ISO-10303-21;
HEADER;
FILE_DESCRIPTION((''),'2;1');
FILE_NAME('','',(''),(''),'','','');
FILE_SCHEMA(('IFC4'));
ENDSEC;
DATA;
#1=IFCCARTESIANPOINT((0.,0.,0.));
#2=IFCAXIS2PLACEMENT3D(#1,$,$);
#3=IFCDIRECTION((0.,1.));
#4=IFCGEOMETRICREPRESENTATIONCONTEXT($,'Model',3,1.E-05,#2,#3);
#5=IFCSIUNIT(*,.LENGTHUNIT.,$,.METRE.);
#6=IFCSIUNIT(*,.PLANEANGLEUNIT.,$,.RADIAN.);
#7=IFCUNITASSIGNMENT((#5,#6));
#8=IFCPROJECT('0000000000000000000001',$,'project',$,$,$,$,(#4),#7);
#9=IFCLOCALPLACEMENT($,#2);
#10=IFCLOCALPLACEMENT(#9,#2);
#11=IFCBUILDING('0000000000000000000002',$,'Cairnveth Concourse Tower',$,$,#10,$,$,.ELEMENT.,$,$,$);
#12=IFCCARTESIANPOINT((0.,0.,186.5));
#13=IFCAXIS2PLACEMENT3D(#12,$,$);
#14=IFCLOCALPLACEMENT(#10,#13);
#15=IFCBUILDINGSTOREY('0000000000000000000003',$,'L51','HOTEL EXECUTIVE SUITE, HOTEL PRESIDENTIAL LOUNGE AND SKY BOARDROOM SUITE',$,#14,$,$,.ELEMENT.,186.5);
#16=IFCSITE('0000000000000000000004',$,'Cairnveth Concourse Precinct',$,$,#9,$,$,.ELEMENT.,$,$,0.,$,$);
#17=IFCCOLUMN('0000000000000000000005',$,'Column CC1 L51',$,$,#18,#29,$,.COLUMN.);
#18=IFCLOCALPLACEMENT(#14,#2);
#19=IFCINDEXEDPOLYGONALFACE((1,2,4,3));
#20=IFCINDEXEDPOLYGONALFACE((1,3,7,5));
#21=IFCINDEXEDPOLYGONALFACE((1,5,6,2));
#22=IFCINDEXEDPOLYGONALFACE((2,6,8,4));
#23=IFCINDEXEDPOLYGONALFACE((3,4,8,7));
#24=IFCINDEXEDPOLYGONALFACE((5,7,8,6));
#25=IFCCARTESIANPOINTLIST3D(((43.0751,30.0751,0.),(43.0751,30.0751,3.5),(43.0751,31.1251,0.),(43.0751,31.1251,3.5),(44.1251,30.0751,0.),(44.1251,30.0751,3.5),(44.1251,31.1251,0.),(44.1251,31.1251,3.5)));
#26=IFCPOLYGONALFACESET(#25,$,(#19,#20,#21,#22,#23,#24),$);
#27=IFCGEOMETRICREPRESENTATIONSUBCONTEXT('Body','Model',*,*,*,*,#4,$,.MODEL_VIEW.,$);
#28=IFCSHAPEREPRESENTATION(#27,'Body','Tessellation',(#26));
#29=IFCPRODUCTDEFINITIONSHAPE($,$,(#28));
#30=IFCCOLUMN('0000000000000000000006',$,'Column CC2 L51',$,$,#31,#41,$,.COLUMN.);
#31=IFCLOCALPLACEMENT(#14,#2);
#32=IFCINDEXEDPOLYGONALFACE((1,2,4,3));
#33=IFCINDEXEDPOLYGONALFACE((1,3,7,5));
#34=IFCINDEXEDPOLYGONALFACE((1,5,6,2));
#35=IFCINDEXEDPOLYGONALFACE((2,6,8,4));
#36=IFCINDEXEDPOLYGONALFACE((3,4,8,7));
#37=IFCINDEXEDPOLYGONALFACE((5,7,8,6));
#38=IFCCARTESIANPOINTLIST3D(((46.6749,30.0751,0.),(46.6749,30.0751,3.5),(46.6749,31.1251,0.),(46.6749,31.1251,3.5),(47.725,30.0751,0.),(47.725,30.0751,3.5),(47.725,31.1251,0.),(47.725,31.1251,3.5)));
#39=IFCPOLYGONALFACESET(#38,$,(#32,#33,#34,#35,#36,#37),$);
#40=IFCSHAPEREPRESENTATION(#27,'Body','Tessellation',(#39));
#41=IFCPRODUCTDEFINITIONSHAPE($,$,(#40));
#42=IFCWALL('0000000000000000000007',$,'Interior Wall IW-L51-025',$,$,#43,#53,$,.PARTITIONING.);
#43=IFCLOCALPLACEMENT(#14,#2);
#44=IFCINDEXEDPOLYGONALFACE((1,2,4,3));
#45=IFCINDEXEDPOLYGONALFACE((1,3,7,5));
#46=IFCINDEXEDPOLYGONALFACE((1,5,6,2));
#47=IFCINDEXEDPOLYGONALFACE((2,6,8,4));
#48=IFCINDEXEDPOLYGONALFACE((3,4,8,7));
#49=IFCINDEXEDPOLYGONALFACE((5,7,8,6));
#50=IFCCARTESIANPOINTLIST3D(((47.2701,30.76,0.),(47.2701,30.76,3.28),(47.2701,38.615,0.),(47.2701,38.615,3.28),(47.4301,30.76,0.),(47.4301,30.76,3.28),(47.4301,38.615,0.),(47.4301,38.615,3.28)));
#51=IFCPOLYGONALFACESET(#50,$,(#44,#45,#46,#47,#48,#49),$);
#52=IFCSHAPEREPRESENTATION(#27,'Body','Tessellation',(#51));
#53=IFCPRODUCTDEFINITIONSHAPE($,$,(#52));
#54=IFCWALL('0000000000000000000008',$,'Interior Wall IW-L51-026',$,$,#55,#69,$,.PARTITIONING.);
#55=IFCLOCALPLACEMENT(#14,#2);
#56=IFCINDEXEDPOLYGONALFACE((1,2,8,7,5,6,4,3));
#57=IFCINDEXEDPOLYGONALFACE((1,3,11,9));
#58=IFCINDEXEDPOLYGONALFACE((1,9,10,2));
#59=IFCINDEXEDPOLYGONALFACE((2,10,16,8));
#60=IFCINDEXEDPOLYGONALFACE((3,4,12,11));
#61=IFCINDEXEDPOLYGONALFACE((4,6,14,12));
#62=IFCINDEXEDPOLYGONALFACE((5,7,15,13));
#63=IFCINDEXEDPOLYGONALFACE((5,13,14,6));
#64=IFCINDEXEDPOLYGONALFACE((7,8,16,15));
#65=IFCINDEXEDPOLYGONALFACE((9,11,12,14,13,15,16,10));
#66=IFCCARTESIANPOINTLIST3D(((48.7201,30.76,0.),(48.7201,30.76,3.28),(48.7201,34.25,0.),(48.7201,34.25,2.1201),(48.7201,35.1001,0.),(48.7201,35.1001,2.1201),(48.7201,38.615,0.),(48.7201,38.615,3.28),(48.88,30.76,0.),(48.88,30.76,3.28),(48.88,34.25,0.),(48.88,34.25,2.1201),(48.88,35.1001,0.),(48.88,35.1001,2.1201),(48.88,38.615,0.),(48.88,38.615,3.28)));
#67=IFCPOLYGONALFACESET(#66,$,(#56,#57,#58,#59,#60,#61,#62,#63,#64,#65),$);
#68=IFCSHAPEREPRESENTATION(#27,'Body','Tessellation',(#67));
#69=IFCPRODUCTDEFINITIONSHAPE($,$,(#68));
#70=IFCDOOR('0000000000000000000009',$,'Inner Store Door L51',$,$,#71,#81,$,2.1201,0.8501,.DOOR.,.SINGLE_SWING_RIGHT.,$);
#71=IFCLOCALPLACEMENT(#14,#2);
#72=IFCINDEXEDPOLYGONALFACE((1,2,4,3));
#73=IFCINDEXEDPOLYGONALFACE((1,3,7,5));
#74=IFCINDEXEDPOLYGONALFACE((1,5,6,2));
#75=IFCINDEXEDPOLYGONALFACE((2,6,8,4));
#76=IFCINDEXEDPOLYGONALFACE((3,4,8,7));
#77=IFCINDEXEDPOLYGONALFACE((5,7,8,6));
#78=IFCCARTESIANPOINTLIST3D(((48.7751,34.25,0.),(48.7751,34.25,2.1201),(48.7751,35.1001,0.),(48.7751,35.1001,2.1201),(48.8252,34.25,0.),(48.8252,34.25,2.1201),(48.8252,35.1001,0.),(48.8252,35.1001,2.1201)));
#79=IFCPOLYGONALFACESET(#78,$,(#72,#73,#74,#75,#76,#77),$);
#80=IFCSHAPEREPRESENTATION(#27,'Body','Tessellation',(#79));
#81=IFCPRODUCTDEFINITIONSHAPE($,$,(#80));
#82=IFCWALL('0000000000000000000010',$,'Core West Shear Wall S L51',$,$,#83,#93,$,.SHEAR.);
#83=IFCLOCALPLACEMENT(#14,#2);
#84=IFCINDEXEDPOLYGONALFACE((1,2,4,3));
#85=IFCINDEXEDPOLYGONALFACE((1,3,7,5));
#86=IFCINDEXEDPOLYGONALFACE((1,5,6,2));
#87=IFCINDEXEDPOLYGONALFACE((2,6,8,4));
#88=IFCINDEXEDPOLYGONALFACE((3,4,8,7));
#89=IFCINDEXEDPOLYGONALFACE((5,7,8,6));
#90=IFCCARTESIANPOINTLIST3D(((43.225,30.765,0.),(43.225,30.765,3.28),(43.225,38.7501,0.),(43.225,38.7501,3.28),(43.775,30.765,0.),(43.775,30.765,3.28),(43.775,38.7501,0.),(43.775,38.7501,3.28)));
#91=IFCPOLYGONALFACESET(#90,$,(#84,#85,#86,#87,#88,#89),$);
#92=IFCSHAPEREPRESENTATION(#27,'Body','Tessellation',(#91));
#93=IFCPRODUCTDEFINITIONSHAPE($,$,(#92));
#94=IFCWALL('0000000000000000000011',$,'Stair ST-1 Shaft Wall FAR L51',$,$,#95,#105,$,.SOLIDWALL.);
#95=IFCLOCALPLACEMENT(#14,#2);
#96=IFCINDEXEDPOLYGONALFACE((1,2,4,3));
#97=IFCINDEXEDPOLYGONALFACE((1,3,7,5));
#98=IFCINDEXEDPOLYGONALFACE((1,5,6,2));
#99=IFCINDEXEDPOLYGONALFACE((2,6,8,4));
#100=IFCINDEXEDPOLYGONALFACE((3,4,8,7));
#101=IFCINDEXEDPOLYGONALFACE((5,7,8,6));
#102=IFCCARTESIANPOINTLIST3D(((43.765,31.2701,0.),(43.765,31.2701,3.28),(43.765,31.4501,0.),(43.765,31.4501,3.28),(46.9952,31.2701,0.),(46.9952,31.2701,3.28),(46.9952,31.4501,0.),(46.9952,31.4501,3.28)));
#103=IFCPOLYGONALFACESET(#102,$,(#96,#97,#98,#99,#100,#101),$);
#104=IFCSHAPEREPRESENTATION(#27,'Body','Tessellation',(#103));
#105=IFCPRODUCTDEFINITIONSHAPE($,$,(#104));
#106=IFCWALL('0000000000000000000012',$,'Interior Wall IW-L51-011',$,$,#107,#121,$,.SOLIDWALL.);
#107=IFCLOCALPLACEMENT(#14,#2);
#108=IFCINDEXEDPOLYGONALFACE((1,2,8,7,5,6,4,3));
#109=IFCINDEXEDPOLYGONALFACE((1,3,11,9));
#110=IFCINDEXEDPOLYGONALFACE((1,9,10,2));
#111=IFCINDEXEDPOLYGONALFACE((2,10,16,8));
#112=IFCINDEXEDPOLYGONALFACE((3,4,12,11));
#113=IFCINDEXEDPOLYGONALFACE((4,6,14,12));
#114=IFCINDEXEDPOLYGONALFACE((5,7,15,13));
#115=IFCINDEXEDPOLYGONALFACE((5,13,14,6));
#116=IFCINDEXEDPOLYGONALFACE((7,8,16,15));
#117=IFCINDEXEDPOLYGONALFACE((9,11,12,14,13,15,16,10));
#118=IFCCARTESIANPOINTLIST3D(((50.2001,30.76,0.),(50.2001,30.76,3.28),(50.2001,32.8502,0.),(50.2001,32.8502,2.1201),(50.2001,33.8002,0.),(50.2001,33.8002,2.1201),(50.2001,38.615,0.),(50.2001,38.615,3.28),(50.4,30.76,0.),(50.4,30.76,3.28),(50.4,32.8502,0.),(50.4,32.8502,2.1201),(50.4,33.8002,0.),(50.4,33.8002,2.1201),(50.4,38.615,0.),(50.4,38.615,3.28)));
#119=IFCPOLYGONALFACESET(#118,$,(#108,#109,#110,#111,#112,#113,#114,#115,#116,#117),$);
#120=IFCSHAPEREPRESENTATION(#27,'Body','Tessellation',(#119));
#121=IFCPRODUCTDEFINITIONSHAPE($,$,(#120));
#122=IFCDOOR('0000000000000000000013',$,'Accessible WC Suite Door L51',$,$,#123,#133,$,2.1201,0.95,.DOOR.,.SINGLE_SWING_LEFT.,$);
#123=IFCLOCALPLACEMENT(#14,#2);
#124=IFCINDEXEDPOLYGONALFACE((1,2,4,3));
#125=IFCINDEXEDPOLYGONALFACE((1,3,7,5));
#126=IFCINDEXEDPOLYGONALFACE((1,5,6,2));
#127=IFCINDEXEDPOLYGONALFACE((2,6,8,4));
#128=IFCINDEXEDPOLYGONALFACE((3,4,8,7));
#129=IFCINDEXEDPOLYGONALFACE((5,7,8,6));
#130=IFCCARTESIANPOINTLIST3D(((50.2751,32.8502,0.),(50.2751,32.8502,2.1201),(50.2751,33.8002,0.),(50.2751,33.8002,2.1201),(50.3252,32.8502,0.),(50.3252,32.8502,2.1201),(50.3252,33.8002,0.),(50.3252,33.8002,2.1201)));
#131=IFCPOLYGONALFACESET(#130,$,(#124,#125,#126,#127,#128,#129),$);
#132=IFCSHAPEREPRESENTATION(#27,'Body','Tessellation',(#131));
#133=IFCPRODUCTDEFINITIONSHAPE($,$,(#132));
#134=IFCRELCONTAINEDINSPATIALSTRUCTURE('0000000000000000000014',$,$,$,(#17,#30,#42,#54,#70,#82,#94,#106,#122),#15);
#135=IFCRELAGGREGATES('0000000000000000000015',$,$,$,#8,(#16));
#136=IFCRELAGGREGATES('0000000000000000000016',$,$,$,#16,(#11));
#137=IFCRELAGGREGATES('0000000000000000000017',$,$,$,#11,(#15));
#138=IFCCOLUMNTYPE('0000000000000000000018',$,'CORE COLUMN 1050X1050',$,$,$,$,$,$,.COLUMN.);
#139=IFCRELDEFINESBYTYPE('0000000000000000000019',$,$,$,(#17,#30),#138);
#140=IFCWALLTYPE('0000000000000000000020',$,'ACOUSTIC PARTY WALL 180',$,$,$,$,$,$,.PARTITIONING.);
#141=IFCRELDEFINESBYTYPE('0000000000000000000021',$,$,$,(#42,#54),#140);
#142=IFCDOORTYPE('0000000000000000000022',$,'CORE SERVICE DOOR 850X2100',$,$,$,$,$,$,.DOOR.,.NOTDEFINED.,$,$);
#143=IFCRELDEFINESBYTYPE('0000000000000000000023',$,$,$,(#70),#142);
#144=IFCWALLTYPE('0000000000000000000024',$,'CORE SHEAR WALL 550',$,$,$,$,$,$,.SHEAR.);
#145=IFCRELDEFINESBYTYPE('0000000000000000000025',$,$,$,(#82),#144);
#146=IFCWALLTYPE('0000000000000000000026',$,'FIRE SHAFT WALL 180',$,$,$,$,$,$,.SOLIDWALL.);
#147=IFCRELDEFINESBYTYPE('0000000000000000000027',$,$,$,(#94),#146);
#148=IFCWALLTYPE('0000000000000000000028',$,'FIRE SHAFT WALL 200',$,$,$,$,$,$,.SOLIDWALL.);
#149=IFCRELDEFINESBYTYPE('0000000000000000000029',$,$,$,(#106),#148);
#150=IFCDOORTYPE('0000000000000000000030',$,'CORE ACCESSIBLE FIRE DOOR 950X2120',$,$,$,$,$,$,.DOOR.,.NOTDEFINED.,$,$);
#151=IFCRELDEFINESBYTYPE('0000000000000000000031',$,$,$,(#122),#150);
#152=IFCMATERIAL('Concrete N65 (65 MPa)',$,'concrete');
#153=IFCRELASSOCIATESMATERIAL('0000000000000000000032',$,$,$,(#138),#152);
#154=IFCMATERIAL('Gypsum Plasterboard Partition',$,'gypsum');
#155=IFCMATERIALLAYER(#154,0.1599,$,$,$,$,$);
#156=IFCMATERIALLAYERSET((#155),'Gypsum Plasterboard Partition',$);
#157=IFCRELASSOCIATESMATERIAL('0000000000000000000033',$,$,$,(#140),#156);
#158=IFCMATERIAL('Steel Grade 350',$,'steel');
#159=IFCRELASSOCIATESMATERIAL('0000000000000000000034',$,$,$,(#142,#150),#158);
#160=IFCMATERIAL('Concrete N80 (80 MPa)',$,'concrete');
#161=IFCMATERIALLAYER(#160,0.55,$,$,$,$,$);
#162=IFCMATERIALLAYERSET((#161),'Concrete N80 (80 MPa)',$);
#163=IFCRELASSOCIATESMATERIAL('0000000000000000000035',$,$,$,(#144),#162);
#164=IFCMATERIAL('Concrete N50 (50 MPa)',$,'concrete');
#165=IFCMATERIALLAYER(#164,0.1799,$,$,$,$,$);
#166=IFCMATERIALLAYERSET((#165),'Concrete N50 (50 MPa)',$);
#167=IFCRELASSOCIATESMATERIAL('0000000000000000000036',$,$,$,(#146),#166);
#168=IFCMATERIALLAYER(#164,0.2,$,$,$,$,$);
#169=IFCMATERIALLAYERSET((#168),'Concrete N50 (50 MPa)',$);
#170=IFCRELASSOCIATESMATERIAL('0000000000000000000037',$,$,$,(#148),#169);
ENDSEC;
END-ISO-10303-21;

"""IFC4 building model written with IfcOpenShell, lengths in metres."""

from ifc_helpers import new_model, si_unit, direction, frame, frame_2d, origin, origin_2d, place, context, subcontext, project, spatial, rectangle, extrude, material, layer, layer_set, material_profile, profile_set, type_object, element, fill, save


model = new_model("IFC4")

# Units and contexts
model_context = context("Model", 3, precision=1e-05, world=origin(), true_north=direction((0.0, 1.0)))
body_context = subcontext(model_context, "Body", "Model", "MODEL_VIEW")
ifc_project = project(units=[si_unit("LENGTHUNIT", "METRE"), si_unit("PLANEANGLEUNIT", "RADIAN")], contexts=[model_context])

# Site, building, storey
site_placement = place(None, origin())
site = spatial("IfcSite", under=ifc_project, at=site_placement, Name="Cairnveth Concourse Precinct", CompositionType="ELEMENT", RefElevation=0.0)
building_placement = place(site_placement, origin())
building = spatial("IfcBuilding", under=site, at=building_placement, Name="Cairnveth Concourse Tower", CompositionType="ELEMENT")
storey_placement = place(building_placement, frame((0.0, 0.0, 186.5)))
storey = spatial("IfcBuildingStorey", under=building, at=storey_placement, Name="L51", Description="HOTEL EXECUTIVE SUITE, HOTEL PRESIDENTIAL LOUNGE AND SKY BOARDROOM SUITE", CompositionType="ELEMENT", Elevation=186.5)

# Columns
ifc_material_1 = material(Name="Concrete N65 (65 MPa)", Category="concrete")
ifc_material_profile = material_profile(ifc_material_1, rectangle(XDim=1.05, YDim=1.05, at=origin_2d()), Name="RC-COL-1050x1050")
ifc_profile_set = profile_set([ifc_material_profile], Name="Concrete N65 (65 MPa)")
column_type = type_object("IfcColumnType", Name="CORE COLUMN 1050X1050", PredefinedType="COLUMN", material=ifc_profile_set)
for number, where, z_axis, x_axis, name in (
    (1, (43.6001, 30.6001, 0.0), (0.0, 0.0, 1.0), (1.0, 0.0, 0.0), "Column CC1 L51"),
    (2, (47.2, 30.6001, 0.0), (0.0, 0.0, 1.0), (1.0, 0.0, 0.0), "Column CC2 L51"),
):
    element("IfcColumn", number, at=place(storey_placement, frame(where, z_axis=z_axis, x_axis=x_axis)), inside=storey, type_object=column_type, Name=name, PredefinedType="COLUMN", context=body_context, shape_type="SweptSolid", body=[
        extrude(rectangle(XDim=1.05, YDim=1.05, at=origin_2d()), origin(), (0.0, 0.0, 1.0), 3.5),
    ])

# Wall
ifc_material_2 = material(Name="Gypsum Plasterboard Partition", Category="gypsum")
ifc_layer_1 = layer(ifc_material_2, 0.1599)
ifc_layer_set_1 = layer_set([ifc_layer_1], Name="Gypsum Plasterboard Partition")
wall_type_1 = type_object("IfcWallType", Name="ACOUSTIC PARTY WALL 180", PredefinedType="PARTITIONING", material=ifc_layer_set_1)
wall_1_placement = place(storey_placement, frame((47.3501, 30.76, 0.0), z_axis=(0.0, 0.0, 1.0), x_axis=(0.0, 1.0, 0.0)))
element("IfcWall", 3, at=wall_1_placement, inside=storey, type_object=wall_type_1, Name="Interior Wall IW-L51-025", PredefinedType="PARTITIONING", context=body_context, shape_type="SweptSolid", body=[
    extrude(rectangle(XDim=7.855, YDim=0.1599, at=frame_2d((3.9275, 0.0))), origin(), (0.0, 0.0, 1.0), 3.28),
])

# Wall, opening, door
wall_2_placement = place(storey_placement, frame((48.8, 30.76, 0.0), z_axis=(0.0, 0.0, 1.0), x_axis=(0.0, 1.0, 0.0)))
wall_2 = element("IfcWall", 4, at=wall_2_placement, inside=storey, type_object=wall_type_1, Name="Interior Wall IW-L51-026", PredefinedType="PARTITIONING", context=body_context, shape_type="SweptSolid", body=[
    extrude(rectangle(XDim=7.855, YDim=0.1599, at=frame_2d((3.9275, 0.0))), origin(), (0.0, 0.0, 1.0), 3.28),
])
opening_1_placement = place(wall_2_placement, frame((3.49, 0.0, 0.0)))
opening_1 = element("IfcOpeningElement", 5, at=opening_1_placement, cuts=wall_2, PredefinedType="OPENING", context=body_context, shape_type="SweptSolid", body=[
    extrude(rectangle(XDim=0.8501, YDim=2.1201, at=frame_2d((0.425, 1.0601))), frame((0.0, 0.0898, 0.0), z_axis=(0.0, -1.0, 0.0), x_axis=(1.0, 0.0, 0.0)), (0.0, 0.0, 1.0), 0.1799),
])
ifc_material_3 = material(Name="Steel Grade 350", Category="steel")
door_type_1 = type_object("IfcDoorType", Name="CORE SERVICE DOOR 850X2100", OperationType="NOTDEFINED", PredefinedType="DOOR", material=ifc_material_3)
door_1_placement = place(opening_1_placement, origin())
door_1 = element("IfcDoor", 6, at=door_1_placement, inside=storey, type_object=door_type_1, Name="Inner Store Door L51", OperationType="SINGLE_SWING_RIGHT", OverallHeight=2.1201, OverallWidth=0.8501, PredefinedType="DOOR", context=body_context, shape_type="SweptSolid", body=[
    extrude(rectangle(XDim=0.8501, YDim=2.1201, at=frame_2d((0.425, 1.0601))), frame((0.0, 0.0249, 0.0), z_axis=(0.0, -1.0, 0.0), x_axis=(1.0, 0.0, 0.0)), (0.0, 0.0, 1.0), 0.05),
])
fill(opening_1, door_1)

# Walls
ifc_material_4 = material(Name="Concrete N80 (80 MPa)", Category="concrete")
ifc_layer_2 = layer(ifc_material_4, 0.55)
ifc_layer_set_2 = layer_set([ifc_layer_2], Name="Concrete N80 (80 MPa)")
wall_type_2 = type_object("IfcWallType", Name="CORE SHEAR WALL 550", PredefinedType="SHEAR", material=ifc_layer_set_2)
wall_3_placement = place(storey_placement, frame((43.5, 30.7649, 0.0), z_axis=(0.0, 0.0, 1.0), x_axis=(0.0, 1.0, 0.0)))
element("IfcWall", 7, at=wall_3_placement, inside=storey, type_object=wall_type_2, Name="Core West Shear Wall S L51", PredefinedType="SHEAR", context=body_context, shape_type="SweptSolid", body=[
    extrude(rectangle(XDim=7.9851, YDim=0.55, at=frame_2d((3.9927, 0.0))), origin(), (0.0, 0.0, 1.0), 3.28),
])
ifc_material_5 = material(Name="Concrete N50 (50 MPa)", Category="concrete")
ifc_layer_3 = layer(ifc_material_5, 0.1799)
ifc_layer_set_3 = layer_set([ifc_layer_3], Name="Concrete N50 (50 MPa)")
wall_type_3 = type_object("IfcWallType", Name="FIRE SHAFT WALL 180", PredefinedType="SOLIDWALL", material=ifc_layer_set_3)
wall_4_placement = place(storey_placement, frame((43.7649, 31.3601, 0.0), z_axis=(0.0, 0.0, 1.0), x_axis=(1.0, 0.0, 0.0)))
element("IfcWall", 8, at=wall_4_placement, inside=storey, type_object=wall_type_3, Name="Stair ST-1 Shaft Wall FAR L51", PredefinedType="SOLIDWALL", context=body_context, shape_type="SweptSolid", body=[
    extrude(rectangle(XDim=3.2302, YDim=0.1799, at=frame_2d((1.6152, 0.0))), origin(), (0.0, 0.0, 1.0), 3.28),
])

# Wall, opening, door
ifc_layer_4 = layer(ifc_material_5, 0.2)
ifc_layer_set_4 = layer_set([ifc_layer_4], Name="Concrete N50 (50 MPa)")
wall_type_4 = type_object("IfcWallType", Name="FIRE SHAFT WALL 200", PredefinedType="SOLIDWALL", material=ifc_layer_set_4)
wall_5_placement = place(storey_placement, frame((50.3, 30.76, 0.0), z_axis=(0.0, 0.0, 1.0), x_axis=(0.0, 1.0, 0.0)))
wall_5 = element("IfcWall", 9, at=wall_5_placement, inside=storey, type_object=wall_type_4, Name="Interior Wall IW-L51-011", PredefinedType="SOLIDWALL", context=body_context, shape_type="SweptSolid", body=[
    extrude(rectangle(XDim=7.855, YDim=0.2, at=frame_2d((3.9275, 0.0))), origin(), (0.0, 0.0, 1.0), 3.28),
])
opening_2_placement = place(wall_5_placement, frame((2.0901, 0.0, 0.0)))
opening_2 = element("IfcOpeningElement", 10, at=opening_2_placement, cuts=wall_5, PredefinedType="OPENING", context=body_context, shape_type="SweptSolid", body=[
    extrude(rectangle(XDim=0.95, YDim=2.1201, at=frame_2d((0.4751, 1.0601))), frame((0.0, 0.1099, 0.0), z_axis=(0.0, -1.0, 0.0), x_axis=(1.0, 0.0, 0.0)), (0.0, 0.0, 1.0), 0.22),
])
door_type_2 = type_object("IfcDoorType", Name="CORE ACCESSIBLE FIRE DOOR 950X2120", OperationType="NOTDEFINED", PredefinedType="DOOR", material=ifc_material_3)
door_2_placement = place(opening_2_placement, origin())
door_2 = element("IfcDoor", 11, at=door_2_placement, inside=storey, type_object=door_type_2, Name="Accessible WC Suite Door L51", OperationType="SINGLE_SWING_LEFT", OverallHeight=2.1201, OverallWidth=0.95, PredefinedType="DOOR", context=body_context, shape_type="SweptSolid", body=[
    extrude(rectangle(XDim=0.95, YDim=2.1201, at=frame_2d((0.4751, 1.0601))), frame((0.0, 0.0249, 0.0), z_axis=(0.0, -1.0, 0.0), x_axis=(1.0, 0.0, 0.0)), (0.0, 0.0, 1.0), 0.05),
])
fill(opening_2, door_2)

save(model, "model.ifc")
